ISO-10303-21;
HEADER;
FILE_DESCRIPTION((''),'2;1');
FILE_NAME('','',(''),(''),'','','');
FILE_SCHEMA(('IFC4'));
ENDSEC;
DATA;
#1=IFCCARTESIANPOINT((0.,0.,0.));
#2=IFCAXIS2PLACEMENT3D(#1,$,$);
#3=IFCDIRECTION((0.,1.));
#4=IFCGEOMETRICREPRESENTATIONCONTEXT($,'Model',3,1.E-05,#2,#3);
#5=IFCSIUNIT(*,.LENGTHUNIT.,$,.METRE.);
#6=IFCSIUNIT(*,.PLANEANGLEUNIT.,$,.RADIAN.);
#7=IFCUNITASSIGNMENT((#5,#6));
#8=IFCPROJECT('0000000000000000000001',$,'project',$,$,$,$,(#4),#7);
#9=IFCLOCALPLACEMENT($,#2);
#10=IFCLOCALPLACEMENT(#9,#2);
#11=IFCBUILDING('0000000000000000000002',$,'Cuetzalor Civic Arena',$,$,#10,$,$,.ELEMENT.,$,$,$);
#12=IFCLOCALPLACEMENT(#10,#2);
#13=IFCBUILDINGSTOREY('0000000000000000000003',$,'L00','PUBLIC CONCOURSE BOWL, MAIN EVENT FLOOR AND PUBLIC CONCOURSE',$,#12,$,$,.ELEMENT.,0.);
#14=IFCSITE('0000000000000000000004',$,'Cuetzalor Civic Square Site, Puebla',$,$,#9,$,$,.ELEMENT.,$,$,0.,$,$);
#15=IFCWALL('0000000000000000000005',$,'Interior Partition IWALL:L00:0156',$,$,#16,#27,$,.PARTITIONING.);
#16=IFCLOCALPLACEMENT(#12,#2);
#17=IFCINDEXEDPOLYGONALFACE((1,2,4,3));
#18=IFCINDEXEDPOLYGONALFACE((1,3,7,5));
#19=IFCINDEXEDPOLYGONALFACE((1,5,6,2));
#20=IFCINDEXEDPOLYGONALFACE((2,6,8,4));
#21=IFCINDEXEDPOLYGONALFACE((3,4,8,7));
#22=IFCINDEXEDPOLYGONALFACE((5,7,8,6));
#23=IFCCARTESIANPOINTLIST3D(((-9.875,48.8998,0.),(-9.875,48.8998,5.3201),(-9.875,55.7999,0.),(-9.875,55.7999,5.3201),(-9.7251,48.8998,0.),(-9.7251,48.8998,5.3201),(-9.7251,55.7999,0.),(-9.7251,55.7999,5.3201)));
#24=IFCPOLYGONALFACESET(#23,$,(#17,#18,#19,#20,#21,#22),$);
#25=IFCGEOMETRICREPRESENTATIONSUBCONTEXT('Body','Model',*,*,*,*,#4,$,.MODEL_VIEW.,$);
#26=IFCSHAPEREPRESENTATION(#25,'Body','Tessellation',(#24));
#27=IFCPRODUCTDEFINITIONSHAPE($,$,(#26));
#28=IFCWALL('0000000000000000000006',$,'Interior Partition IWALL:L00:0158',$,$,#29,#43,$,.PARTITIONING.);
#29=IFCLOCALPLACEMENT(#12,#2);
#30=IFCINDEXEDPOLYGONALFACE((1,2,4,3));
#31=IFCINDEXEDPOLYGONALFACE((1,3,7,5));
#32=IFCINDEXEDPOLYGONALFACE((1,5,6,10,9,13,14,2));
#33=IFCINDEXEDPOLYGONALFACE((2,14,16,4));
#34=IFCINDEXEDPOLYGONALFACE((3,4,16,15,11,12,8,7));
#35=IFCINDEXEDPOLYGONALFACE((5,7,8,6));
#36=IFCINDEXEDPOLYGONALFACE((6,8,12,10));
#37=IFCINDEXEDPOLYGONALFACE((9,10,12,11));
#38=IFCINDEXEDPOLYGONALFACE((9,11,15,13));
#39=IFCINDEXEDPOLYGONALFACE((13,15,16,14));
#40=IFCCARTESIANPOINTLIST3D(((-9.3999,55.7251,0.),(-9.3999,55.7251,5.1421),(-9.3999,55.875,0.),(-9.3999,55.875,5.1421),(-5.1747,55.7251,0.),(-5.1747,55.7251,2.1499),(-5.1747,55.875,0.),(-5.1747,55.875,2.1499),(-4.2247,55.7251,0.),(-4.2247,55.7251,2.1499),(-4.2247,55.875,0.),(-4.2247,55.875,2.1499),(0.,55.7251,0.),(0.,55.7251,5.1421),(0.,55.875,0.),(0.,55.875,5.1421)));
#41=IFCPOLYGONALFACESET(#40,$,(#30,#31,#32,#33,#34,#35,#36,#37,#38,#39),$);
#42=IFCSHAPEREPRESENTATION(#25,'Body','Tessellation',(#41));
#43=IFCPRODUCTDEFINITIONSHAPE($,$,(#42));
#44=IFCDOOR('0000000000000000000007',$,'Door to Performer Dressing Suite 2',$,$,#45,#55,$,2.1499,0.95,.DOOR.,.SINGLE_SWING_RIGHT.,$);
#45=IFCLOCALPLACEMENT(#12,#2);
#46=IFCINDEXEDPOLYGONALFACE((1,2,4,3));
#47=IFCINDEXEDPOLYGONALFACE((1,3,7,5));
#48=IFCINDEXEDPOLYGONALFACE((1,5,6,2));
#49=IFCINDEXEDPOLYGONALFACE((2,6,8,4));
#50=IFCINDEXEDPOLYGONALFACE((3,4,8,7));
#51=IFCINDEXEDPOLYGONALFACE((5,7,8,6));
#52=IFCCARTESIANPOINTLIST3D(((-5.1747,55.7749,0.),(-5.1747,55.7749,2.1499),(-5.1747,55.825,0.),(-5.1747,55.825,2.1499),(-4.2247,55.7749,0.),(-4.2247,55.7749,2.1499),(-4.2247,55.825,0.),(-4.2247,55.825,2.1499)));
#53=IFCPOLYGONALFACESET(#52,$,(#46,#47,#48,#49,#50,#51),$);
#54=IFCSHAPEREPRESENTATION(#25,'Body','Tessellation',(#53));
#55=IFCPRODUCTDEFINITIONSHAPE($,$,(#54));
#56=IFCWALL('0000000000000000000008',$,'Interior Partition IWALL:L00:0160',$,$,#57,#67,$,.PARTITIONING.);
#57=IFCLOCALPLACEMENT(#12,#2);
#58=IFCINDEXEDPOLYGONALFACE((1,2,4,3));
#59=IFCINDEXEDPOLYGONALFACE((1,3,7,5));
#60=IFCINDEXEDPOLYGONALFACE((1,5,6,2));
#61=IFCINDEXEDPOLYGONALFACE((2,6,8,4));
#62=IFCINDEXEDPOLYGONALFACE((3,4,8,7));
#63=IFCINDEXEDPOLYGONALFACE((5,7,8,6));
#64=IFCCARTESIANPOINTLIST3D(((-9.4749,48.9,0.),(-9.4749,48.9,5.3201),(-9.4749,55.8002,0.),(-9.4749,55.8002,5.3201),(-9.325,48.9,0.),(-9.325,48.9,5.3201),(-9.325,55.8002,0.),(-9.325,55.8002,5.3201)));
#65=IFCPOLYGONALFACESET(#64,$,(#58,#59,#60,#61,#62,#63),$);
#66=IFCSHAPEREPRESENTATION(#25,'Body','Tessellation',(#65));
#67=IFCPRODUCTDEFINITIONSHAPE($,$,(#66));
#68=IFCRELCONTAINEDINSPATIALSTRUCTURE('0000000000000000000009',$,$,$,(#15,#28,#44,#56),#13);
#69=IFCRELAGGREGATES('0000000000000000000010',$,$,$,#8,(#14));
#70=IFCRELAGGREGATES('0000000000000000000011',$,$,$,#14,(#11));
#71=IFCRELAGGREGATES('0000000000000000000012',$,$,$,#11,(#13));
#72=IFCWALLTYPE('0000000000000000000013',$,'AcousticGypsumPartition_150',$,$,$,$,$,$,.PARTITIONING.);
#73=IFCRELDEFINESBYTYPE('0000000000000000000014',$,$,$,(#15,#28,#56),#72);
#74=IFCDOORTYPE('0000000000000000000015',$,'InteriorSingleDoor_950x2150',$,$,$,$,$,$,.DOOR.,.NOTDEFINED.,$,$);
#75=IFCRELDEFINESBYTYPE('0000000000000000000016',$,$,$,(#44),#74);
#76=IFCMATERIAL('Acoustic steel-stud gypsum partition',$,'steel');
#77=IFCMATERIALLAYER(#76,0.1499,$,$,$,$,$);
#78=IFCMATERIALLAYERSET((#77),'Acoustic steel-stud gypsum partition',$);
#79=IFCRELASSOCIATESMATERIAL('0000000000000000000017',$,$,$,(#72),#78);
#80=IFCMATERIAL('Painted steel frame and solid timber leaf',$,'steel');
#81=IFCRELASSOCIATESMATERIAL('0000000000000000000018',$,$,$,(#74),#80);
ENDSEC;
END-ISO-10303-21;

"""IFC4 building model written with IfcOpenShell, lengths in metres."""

from ifc_helpers import new_model, si_unit, direction, frame, frame_2d, origin, place, context, subcontext, project, spatial, rectangle, extrude, material, layer, layer_set, type_object, element, fill, save


model = new_model("IFC4")

# Units and contexts
model_context = context("Model", 3, precision=1e-05, world=origin(), true_north=direction((0.0, 1.0)))
body_context = subcontext(model_context, "Body", "Model", "MODEL_VIEW")
ifc_project = project(units=[si_unit("LENGTHUNIT", "METRE"), si_unit("PLANEANGLEUNIT", "RADIAN")], contexts=[model_context])

# Site, building, storey
site_placement = place(None, origin())
site = spatial("IfcSite", under=ifc_project, at=site_placement, Name="Cuetzalor Civic Square Site, Puebla", CompositionType="ELEMENT", RefElevation=0.0)
building_placement = place(site_placement, origin())
building = spatial("IfcBuilding", under=site, at=building_placement, Name="Cuetzalor Civic Arena", CompositionType="ELEMENT")
storey_placement = place(building_placement, origin())
storey = spatial("IfcBuildingStorey", under=building, at=storey_placement, Name="L00", Description="PUBLIC CONCOURSE BOWL, MAIN EVENT FLOOR AND PUBLIC CONCOURSE", CompositionType="ELEMENT", Elevation=0.0)

# Shared definitions
ifc_material_1 = material(Name="Acoustic steel-stud gypsum partition", Category="steel")
ifc_layer = layer(ifc_material_1, 0.1499)
ifc_layer_set = layer_set([ifc_layer], Name="Acoustic steel-stud gypsum partition")
wall_type = type_object("IfcWallType", Name="AcousticGypsumPartition_150", PredefinedType="PARTITIONING", material=ifc_layer_set)
ifc_material_2 = material(Name="Painted steel frame and solid timber leaf", Category="steel")
door_type = type_object("IfcDoorType", Name="InteriorSingleDoor_950x2150", OperationType="NOTDEFINED", PredefinedType="DOOR", material=ifc_material_2)

# Wall
wall_1_placement = place(storey_placement, frame((-9.8, 55.8, 0.0), z_axis=(0.0, 0.0, 1.0), x_axis=(0.0, -1.0, 0.0)))
element("IfcWall", 1, at=wall_1_placement, inside=storey, type_object=wall_type, Name="Interior Partition IWALL:L00:0156", PredefinedType="PARTITIONING", context=body_context, shape_type="SweptSolid", body=[
    extrude(rectangle(XDim=6.9001, YDim=0.1499, at=frame_2d((3.4502, 0.0))), origin(), (0.0, 0.0, 1.0), 5.3201),
])

# Wall, opening, door
wall_2_placement = place(storey_placement, frame((-9.3999, 55.8, 0.0), z_axis=(0.0, 0.0, 1.0), x_axis=(1.0, 0.0, 0.0)))
wall_2 = element("IfcWall", 2, at=wall_2_placement, inside=storey, type_object=wall_type, Name="Interior Partition IWALL:L00:0158", PredefinedType="PARTITIONING", context=body_context, shape_type="SweptSolid", body=[
    extrude(rectangle(XDim=9.3999, YDim=0.1499, at=frame_2d((4.7, 0.0))), origin(), (0.0, 0.0, 1.0), 5.1421),
])
opening_1_placement = place(wall_2_placement, frame((4.2251, 0.0, 0.0)))
opening_1 = element("IfcOpeningElement", 3, at=opening_1_placement, cuts=wall_2, PredefinedType="OPENING", context=body_context, shape_type="SweptSolid", body=[
    extrude(rectangle(XDim=0.95, YDim=2.1499, at=frame_2d((0.4751, 1.075))), frame((0.0, 0.085, 0.0), z_axis=(0.0, -1.0, 0.0), x_axis=(1.0, 0.0, 0.0)), (0.0, 0.0, 1.0), 0.1699),
])
door_1_placement = place(opening_1_placement, origin())
door_1 = element("IfcDoor", 4, at=door_1_placement, inside=storey, type_object=door_type, Name="Door to Performer Dressing Suite 2", OperationType="SINGLE_SWING_RIGHT", OverallHeight=2.1499, OverallWidth=0.95, PredefinedType="DOOR", context=body_context, shape_type="SweptSolid", body=[
    extrude(rectangle(XDim=0.95, YDim=2.1499, at=frame_2d((0.4751, 1.075))), frame((0.0, 0.0249, 0.0), z_axis=(0.0, -1.0, 0.0), x_axis=(1.0, 0.0, 0.0)), (0.0, 0.0, 1.0), 0.05),
])
fill(opening_1, door_1)

# Wall
wall_3_placement = place(storey_placement, frame((-9.3999, 48.8999, 0.0), z_axis=(0.0, 0.0, 1.0), x_axis=(0.0, 1.0, 0.0)))
element("IfcWall", 5, at=wall_3_placement, inside=storey, type_object=wall_type, Name="Interior Partition IWALL:L00:0160", PredefinedType="PARTITIONING", context=body_context, shape_type="SweptSolid", body=[
    extrude(rectangle(XDim=6.9001, YDim=0.1499, at=frame_2d((3.4502, 0.0))), origin(), (0.0, 0.0, 1.0), 5.3201),
])

save(model, "model.ifc")
